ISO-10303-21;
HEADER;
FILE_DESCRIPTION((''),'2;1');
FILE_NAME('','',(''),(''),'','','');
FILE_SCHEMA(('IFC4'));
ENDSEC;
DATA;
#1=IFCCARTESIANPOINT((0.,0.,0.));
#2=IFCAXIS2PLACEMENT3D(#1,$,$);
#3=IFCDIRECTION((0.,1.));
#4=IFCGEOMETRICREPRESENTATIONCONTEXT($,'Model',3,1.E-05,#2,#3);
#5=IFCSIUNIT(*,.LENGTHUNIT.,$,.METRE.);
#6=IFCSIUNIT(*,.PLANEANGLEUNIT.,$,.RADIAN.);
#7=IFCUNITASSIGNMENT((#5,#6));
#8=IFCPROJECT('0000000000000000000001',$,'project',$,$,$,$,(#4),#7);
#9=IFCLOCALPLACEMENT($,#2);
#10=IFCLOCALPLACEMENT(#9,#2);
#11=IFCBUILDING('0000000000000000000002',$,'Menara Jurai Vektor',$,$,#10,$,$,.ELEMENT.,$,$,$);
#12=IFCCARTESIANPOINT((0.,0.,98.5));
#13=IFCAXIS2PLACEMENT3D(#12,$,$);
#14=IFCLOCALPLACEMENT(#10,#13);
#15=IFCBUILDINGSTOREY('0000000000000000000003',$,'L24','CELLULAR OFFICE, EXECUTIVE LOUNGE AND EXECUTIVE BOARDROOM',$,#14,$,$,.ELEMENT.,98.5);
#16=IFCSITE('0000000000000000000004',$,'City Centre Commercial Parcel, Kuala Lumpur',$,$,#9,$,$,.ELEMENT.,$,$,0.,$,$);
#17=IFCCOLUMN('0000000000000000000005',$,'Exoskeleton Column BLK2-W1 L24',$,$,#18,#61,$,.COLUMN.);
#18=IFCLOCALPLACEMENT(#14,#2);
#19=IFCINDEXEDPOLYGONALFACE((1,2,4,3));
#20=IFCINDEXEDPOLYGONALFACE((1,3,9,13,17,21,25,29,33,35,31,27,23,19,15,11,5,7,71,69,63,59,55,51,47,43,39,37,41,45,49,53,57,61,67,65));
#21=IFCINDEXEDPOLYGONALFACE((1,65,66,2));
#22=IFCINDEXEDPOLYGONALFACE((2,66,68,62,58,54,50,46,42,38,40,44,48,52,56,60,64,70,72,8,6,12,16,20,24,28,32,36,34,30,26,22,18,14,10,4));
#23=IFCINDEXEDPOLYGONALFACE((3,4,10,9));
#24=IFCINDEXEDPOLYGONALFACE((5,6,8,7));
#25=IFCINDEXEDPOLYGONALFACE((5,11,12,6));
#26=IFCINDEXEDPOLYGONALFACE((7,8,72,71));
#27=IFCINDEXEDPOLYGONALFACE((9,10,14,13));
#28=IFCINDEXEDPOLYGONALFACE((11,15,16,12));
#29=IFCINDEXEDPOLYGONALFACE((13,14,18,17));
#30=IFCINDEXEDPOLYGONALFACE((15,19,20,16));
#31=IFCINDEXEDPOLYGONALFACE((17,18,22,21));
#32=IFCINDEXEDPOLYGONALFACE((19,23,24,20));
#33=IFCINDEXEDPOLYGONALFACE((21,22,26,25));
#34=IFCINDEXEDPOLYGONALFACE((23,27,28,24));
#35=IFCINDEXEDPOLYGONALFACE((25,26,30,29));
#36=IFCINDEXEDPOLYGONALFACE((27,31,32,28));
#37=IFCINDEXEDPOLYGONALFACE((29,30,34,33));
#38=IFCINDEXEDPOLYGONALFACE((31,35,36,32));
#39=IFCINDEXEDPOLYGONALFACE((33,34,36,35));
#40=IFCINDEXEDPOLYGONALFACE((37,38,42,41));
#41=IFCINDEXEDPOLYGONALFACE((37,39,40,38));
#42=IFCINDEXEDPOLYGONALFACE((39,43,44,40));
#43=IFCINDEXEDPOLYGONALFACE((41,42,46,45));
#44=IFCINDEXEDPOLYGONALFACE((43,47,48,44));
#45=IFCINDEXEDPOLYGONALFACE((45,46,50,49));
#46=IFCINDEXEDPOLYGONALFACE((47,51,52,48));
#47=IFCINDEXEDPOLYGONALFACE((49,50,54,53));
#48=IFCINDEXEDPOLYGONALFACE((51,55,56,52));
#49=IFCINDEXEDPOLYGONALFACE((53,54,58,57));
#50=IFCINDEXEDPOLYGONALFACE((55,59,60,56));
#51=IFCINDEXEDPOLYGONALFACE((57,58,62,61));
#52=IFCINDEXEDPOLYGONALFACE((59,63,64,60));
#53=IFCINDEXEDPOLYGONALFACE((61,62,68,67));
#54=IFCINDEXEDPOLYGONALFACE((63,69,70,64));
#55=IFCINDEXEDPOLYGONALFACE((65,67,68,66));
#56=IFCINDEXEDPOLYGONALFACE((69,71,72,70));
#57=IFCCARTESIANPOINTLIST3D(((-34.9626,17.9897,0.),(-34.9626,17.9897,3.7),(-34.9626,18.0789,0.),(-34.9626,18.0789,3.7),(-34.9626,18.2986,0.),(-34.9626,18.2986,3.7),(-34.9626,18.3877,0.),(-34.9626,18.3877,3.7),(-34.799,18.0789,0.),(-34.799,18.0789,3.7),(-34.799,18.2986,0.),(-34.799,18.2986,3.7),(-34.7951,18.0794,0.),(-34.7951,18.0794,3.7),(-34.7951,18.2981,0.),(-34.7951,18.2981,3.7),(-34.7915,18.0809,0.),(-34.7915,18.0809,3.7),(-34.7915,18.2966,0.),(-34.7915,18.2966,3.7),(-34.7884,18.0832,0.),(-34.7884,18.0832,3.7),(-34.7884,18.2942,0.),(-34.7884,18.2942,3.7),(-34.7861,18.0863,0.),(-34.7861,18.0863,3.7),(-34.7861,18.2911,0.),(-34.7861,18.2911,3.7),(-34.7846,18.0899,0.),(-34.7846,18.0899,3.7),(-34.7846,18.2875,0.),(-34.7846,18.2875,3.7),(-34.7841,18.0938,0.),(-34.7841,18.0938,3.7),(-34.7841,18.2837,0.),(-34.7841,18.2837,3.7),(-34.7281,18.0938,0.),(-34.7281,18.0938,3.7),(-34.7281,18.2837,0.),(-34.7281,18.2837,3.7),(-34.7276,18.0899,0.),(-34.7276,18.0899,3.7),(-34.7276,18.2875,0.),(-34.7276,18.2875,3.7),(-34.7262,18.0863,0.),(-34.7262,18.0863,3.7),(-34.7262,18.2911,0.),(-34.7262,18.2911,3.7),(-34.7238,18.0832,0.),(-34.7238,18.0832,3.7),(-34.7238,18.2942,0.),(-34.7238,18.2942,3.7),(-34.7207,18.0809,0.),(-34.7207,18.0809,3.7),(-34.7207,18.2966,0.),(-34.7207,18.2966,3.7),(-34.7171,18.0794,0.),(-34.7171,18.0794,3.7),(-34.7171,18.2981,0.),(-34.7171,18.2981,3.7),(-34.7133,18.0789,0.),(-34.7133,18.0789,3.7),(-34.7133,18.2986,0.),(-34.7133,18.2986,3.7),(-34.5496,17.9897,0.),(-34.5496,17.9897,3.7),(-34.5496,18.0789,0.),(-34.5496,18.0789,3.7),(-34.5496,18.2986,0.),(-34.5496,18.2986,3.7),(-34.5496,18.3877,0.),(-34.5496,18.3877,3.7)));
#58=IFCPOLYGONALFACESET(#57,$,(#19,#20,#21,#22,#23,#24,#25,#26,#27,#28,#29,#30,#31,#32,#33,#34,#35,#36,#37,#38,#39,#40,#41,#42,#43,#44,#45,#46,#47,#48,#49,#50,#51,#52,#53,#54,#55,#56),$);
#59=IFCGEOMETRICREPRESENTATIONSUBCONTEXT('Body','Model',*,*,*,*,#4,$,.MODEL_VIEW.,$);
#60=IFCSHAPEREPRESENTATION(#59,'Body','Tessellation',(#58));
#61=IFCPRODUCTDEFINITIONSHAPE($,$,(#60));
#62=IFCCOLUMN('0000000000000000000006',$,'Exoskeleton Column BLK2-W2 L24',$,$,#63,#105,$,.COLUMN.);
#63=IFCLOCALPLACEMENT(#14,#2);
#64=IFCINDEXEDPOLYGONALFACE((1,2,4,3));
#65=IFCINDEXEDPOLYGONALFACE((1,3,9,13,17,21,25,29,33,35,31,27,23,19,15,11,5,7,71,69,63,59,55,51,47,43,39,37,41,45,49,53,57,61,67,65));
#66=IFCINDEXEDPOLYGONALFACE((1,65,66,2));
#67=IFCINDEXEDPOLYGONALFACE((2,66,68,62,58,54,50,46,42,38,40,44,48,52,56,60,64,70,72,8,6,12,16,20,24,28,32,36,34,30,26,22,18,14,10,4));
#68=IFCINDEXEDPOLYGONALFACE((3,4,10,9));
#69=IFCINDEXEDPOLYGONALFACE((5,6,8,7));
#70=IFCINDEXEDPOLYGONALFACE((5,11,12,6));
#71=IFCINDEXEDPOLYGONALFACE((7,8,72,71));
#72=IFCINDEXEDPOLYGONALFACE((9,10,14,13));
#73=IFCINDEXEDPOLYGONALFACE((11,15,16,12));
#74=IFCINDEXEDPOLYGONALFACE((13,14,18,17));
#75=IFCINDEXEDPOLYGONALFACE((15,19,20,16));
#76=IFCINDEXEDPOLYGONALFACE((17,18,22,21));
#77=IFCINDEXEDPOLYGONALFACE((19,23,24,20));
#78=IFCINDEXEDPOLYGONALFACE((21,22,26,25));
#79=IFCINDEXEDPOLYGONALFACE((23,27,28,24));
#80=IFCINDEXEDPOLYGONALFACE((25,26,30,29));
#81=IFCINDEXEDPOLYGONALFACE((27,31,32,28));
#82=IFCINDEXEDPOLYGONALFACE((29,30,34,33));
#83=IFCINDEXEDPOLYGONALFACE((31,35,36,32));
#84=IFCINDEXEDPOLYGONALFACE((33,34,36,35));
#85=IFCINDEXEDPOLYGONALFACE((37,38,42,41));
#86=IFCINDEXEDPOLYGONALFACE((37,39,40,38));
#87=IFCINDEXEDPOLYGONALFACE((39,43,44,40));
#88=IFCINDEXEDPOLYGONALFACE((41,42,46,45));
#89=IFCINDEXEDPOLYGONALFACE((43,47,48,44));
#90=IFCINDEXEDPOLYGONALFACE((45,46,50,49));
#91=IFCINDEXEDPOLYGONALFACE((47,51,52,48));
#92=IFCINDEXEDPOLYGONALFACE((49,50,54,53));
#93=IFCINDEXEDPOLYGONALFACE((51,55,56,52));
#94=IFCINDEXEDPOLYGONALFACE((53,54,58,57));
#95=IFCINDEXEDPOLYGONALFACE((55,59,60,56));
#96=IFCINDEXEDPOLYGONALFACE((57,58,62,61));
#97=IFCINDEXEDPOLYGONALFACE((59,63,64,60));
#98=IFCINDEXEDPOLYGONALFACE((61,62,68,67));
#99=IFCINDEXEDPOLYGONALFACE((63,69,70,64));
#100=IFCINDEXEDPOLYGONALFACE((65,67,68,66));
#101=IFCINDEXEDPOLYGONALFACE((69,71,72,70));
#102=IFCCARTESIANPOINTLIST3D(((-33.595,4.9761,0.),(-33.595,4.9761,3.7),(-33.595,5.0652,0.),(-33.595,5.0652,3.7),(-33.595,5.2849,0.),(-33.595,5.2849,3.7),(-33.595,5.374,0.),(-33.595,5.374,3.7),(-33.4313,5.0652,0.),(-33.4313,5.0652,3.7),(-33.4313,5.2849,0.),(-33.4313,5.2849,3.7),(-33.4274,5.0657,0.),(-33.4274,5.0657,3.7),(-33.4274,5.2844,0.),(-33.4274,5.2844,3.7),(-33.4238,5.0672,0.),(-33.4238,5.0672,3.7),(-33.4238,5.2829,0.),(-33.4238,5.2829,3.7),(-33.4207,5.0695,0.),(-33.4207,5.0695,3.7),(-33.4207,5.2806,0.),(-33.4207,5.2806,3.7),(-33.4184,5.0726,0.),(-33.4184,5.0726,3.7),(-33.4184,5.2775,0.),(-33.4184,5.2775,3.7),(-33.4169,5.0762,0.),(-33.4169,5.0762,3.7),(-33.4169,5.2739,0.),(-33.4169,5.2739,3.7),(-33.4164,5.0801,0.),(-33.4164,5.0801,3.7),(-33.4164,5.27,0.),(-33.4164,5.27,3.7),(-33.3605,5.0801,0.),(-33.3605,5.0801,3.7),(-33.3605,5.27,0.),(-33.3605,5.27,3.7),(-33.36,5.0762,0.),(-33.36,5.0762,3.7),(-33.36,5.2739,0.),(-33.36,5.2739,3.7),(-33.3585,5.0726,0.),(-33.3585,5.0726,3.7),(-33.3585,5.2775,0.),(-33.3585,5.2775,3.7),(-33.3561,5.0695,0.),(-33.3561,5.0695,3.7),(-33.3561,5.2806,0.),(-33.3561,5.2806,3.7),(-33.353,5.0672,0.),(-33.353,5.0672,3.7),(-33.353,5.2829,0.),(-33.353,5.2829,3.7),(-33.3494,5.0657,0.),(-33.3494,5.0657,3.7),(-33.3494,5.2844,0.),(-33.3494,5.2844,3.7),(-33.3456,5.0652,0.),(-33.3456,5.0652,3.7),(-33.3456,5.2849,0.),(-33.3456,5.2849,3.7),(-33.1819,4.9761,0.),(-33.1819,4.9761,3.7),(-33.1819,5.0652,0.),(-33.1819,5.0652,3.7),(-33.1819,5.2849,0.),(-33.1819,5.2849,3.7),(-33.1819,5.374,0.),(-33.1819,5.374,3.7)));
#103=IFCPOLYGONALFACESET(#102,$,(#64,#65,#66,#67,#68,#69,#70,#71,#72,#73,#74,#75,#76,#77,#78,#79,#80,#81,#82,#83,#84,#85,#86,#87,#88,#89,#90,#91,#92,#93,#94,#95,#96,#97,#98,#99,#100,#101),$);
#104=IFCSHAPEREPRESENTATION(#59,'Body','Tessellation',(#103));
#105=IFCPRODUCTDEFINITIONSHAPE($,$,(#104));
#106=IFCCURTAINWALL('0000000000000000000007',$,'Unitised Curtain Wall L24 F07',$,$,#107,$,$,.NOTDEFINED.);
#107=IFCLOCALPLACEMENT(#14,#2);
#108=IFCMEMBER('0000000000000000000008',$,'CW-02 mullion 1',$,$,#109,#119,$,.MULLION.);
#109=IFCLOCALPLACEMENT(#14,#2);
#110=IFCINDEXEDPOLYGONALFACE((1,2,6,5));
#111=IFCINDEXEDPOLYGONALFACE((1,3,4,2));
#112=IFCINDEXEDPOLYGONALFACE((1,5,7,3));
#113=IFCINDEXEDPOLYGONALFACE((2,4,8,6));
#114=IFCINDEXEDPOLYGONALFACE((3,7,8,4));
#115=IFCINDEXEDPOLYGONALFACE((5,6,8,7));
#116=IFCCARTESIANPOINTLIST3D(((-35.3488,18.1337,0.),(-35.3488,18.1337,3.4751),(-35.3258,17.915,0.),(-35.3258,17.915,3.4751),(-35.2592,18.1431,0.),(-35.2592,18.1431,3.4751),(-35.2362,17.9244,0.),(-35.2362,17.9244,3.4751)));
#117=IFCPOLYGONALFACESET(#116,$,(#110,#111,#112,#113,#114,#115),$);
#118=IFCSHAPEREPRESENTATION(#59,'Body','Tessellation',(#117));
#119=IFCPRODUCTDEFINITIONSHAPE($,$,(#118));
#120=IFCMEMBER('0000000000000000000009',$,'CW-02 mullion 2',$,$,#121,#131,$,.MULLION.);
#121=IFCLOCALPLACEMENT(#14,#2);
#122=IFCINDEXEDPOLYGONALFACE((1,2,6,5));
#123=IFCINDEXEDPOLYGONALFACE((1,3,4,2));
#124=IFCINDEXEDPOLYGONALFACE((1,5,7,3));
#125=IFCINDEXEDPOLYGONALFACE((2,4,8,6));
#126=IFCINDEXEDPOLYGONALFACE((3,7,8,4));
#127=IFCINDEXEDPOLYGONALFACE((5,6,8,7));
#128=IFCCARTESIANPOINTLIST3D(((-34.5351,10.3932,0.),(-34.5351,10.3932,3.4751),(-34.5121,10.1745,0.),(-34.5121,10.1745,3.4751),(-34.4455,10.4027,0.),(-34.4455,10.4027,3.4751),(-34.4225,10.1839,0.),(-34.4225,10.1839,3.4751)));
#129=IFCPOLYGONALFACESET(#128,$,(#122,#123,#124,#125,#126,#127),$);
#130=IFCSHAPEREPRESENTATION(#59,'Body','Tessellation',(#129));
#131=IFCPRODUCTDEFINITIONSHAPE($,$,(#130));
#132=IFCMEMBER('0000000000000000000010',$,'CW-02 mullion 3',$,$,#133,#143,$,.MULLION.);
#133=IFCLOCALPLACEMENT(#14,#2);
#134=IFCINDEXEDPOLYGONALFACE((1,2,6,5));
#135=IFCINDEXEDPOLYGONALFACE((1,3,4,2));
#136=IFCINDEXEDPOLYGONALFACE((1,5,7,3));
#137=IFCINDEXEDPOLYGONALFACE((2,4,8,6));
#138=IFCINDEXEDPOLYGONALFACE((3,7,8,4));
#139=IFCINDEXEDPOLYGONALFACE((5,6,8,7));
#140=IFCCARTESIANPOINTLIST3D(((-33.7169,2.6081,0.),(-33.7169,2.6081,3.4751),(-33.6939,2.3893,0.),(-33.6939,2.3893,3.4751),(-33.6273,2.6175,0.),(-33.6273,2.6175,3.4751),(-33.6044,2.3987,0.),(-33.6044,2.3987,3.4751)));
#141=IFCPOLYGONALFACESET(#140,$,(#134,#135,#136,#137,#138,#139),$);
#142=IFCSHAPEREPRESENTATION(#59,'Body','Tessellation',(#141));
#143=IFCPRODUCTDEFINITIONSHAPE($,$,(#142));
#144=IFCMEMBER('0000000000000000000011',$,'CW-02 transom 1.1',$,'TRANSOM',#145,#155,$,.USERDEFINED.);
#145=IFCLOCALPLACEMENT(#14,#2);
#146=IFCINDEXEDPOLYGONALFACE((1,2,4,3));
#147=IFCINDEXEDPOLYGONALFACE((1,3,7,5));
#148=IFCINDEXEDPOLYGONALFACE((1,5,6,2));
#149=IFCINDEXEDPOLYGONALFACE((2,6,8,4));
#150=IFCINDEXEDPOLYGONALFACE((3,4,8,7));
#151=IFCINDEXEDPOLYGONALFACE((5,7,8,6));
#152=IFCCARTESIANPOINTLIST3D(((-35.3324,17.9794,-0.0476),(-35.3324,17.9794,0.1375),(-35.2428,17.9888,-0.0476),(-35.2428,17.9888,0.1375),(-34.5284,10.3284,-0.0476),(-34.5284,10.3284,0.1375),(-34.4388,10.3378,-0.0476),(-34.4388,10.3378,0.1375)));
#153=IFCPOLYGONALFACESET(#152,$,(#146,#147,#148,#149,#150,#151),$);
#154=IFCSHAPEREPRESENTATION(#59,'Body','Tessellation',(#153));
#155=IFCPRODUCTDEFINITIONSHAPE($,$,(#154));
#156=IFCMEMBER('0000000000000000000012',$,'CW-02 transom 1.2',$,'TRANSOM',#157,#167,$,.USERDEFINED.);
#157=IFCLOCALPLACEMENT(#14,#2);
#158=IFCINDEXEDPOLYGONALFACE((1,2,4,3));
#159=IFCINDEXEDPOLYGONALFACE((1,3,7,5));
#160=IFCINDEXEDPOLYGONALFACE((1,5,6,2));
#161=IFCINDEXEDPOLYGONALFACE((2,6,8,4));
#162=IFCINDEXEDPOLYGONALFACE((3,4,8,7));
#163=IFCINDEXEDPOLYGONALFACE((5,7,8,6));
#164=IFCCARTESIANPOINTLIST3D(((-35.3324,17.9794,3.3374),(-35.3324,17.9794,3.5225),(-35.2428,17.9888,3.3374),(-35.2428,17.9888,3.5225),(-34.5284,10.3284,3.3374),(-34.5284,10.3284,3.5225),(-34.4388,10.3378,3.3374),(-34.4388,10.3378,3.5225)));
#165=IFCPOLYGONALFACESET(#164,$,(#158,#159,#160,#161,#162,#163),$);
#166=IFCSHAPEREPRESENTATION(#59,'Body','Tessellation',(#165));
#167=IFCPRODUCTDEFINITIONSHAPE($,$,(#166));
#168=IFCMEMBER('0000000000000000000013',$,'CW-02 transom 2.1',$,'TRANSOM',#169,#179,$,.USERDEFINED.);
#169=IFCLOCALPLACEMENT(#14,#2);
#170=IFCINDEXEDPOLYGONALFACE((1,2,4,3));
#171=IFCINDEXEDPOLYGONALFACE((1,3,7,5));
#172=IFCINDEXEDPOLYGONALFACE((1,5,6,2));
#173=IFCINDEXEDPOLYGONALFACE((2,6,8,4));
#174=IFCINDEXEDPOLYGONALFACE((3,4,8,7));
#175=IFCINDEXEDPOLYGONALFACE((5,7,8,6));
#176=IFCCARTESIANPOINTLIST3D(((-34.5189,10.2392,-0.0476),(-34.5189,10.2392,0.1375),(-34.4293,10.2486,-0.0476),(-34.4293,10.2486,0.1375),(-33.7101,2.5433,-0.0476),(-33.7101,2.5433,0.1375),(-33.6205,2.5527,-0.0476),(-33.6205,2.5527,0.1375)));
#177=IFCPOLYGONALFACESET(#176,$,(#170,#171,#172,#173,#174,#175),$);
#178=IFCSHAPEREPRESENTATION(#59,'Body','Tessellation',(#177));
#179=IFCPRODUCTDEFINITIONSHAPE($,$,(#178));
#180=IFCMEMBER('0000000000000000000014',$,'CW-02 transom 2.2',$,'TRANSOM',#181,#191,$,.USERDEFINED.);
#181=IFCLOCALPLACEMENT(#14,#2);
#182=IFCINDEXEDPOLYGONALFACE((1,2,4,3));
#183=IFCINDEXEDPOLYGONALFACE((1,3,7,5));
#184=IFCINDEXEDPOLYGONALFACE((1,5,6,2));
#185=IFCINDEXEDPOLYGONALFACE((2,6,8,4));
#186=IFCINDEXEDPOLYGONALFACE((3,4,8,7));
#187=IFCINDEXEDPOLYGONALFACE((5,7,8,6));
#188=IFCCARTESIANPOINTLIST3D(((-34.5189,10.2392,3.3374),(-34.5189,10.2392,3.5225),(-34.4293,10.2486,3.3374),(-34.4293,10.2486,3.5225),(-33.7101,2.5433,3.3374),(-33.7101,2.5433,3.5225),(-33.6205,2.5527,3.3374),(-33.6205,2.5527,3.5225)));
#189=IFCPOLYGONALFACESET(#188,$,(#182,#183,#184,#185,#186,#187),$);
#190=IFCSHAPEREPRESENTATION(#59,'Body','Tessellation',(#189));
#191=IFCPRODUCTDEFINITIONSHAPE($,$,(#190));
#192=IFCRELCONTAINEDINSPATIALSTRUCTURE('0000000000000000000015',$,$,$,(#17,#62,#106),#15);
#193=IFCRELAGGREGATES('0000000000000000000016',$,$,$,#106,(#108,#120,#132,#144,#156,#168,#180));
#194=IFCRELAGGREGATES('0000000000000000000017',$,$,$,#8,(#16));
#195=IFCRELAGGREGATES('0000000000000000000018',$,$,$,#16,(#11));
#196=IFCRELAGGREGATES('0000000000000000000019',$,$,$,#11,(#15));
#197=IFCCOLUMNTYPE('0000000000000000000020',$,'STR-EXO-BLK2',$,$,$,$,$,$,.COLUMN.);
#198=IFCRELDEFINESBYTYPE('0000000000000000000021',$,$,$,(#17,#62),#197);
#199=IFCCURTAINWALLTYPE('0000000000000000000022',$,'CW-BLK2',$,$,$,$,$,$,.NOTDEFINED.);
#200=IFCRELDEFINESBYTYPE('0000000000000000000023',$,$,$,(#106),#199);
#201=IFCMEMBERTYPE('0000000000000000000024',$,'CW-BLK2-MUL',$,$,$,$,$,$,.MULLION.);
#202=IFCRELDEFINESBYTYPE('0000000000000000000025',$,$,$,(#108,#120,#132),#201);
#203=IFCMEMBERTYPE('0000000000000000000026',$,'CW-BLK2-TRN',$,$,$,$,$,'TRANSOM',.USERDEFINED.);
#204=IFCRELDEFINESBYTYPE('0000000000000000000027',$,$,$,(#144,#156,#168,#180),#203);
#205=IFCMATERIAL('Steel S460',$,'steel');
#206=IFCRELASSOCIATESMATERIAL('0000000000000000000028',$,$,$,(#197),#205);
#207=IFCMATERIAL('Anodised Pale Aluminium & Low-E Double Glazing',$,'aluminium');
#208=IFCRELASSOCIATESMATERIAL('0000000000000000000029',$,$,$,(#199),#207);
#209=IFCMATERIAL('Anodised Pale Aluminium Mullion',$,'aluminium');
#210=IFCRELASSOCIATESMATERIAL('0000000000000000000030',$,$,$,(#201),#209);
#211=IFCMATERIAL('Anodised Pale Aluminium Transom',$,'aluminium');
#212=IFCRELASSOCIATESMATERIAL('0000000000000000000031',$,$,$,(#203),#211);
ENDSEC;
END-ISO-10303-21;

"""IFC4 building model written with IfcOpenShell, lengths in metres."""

from ifc_helpers import new_model, si_unit, direction, frame, origin, origin_2d, place, context, subcontext, project, spatial, rectangle, i_section, extrude, material, material_profile, profile_set, type_object, element, aggregate, save


model = new_model("IFC4")

# Units and contexts
model_context = context("Model", 3, precision=1e-05, world=origin(), true_north=direction((0.0, 1.0)))
body_context = subcontext(model_context, "Body", "Model", "MODEL_VIEW")
ifc_project = project(units=[si_unit("LENGTHUNIT", "METRE"), si_unit("PLANEANGLEUNIT", "RADIAN")], contexts=[model_context])

# Site, building, storey
site_placement = place(None, origin())
site = spatial("IfcSite", under=ifc_project, at=site_placement, Name="City Centre Commercial Parcel, Kuala Lumpur", CompositionType="ELEMENT", RefElevation=0.0)
building_placement = place(site_placement, origin())
building = spatial("IfcBuilding", under=site, at=building_placement, Name="Menara Jurai Vektor", CompositionType="ELEMENT")
storey_placement = place(building_placement, frame((0.0, 0.0, 98.5)))
storey = spatial("IfcBuildingStorey", under=building, at=storey_placement, Name="L24", Description="CELLULAR OFFICE, EXECUTIVE LOUNGE AND EXECUTIVE BOARDROOM", CompositionType="ELEMENT", Elevation=98.5)

# Columns
ifc_material_1 = material(Name="Steel S460", Category="steel")
ifc_material_profile_1 = material_profile(ifc_material_1, i_section(OverallWidth=0.4131, OverallDepth=0.3979, WebThickness=0.0559, FlangeThickness=0.0891, FilletRadius=0.0149, at=origin_2d()), Name="HD 400x744")
ifc_profile_set_1 = profile_set([ifc_material_profile_1], Name="Steel S460")
column_type = type_object("IfcColumnType", Name="STR-EXO-BLK2", PredefinedType="COLUMN", material=ifc_profile_set_1)
for number, where, z_axis, x_axis, name in (
    (1, (-34.7561, 18.1887, 0.0), (0.0, 0.0, 1.0), (1.0, 0.0, 0.0), "Exoskeleton Column BLK2-W1 L24"),
    (2, (-33.3884, 5.175, 0.0), (0.0, 0.0, 1.0), (1.0, 0.0, 0.0), "Exoskeleton Column BLK2-W2 L24"),
):
    element("IfcColumn", number, at=place(storey_placement, frame(where, z_axis=z_axis, x_axis=x_axis)), inside=storey, type_object=column_type, Name=name, PredefinedType="COLUMN", context=body_context, shape_type="SweptSolid", body=[
        extrude(i_section(OverallWidth=0.4131, OverallDepth=0.3979, WebThickness=0.0559, FlangeThickness=0.0891, FilletRadius=0.0149, at=origin_2d()), origin(), (0.0, 0.0, 1.0), 3.7),
    ])

# Curtain wall, members
ifc_material_2 = material(Name="Anodised Pale Aluminium & Low-E Double Glazing", Category="aluminium")
curtain_wall_type = type_object("IfcCurtainWallType", Name="CW-BLK2", PredefinedType="NOTDEFINED", material=ifc_material_2)
curtain_wall_placement = place(storey_placement, origin())
curtain_wall = element("IfcCurtainWall", 3, at=curtain_wall_placement, inside=storey, type_object=curtain_wall_type, Name="Unitised Curtain Wall L24 F07", PredefinedType="NOTDEFINED")
ifc_material_3 = material(Name="Anodised Pale Aluminium Mullion", Category="aluminium")
ifc_material_profile_2 = material_profile(ifc_material_3, rectangle(XDim=0.0901, YDim=0.22, at=origin_2d()), Name="ALU MUL 90x220")
ifc_profile_set_2 = profile_set([ifc_material_profile_2], Name="Anodised Pale Aluminium Mullion")
member_type_1 = type_object("IfcMemberType", Name="CW-BLK2-MUL", PredefinedType="MULLION", material=ifc_profile_set_2)
member_1_placement = place(storey_placement, frame((-35.2925, 18.0291, 0.0), z_axis=(0.0, 0.0, 1.0), x_axis=(0.994522, 0.10453, 0.0)))
member_1 = element("IfcMember", 4, at=member_1_placement, type_object=member_type_1, Name="CW-02 mullion 1", PredefinedType="MULLION", context=body_context, shape_type="SweptSolid", body=[
    extrude(rectangle(XDim=0.0901, YDim=0.22, at=origin_2d()), origin(), (0.0, 0.0, 1.0), 3.4751),
])
member_2_placement = place(storey_placement, frame((-34.4788, 10.2886, 0.0), z_axis=(0.0, 0.0, 1.0), x_axis=(0.994522, 0.10453, 0.0)))
member_2 = element("IfcMember", 5, at=member_2_placement, type_object=member_type_1, Name="CW-02 mullion 2", PredefinedType="MULLION", context=body_context, shape_type="SweptSolid", body=[
    extrude(rectangle(XDim=0.0901, YDim=0.22, at=origin_2d()), origin(), (0.0, 0.0, 1.0), 3.4751),
])
member_3_placement = place(storey_placement, frame((-33.6606, 2.5034, 0.0), z_axis=(0.0, 0.0, 1.0), x_axis=(0.994522, 0.10453, 0.0)))
member_3 = element("IfcMember", 6, at=member_3_placement, type_object=member_type_1, Name="CW-02 mullion 3", PredefinedType="MULLION", context=body_context, shape_type="SweptSolid", body=[
    extrude(rectangle(XDim=0.0901, YDim=0.22, at=origin_2d()), origin(), (0.0, 0.0, 1.0), 3.4751),
])
ifc_material_4 = material(Name="Anodised Pale Aluminium Transom", Category="aluminium")
ifc_material_profile_3 = material_profile(ifc_material_4, rectangle(XDim=0.0901, YDim=0.1851, at=origin_2d()), Name="ALU TRN 90x185")
ifc_profile_set_3 = profile_set([ifc_material_profile_3], Name="Anodised Pale Aluminium Transom")
member_type_2 = type_object("IfcMemberType", Name="CW-BLK2-TRN", ElementType="TRANSOM", PredefinedType="USERDEFINED", material=ifc_profile_set_3)
member_4_placement = place(storey_placement, frame((-35.2876, 17.9841, 0.0449), z_axis=(0.104505, -0.994524, 0.0), x_axis=(0.994524, 0.104505, 0.0)))
member_4 = element("IfcMember", 7, at=member_4_placement, type_object=member_type_2, Name="CW-02 transom 1.1", ObjectType="TRANSOM", PredefinedType="USERDEFINED", context=body_context, shape_type="SweptSolid", body=[
    extrude(rectangle(XDim=0.0901, YDim=0.1851, at=origin_2d()), origin(), (0.0, 0.0, 1.0), 7.6931),
])
member_5_placement = place(storey_placement, frame((-35.2876, 17.9841, 3.4299), z_axis=(0.104505, -0.994524, 0.0), x_axis=(0.994524, 0.104505, 0.0)))
member_5 = element("IfcMember", 8, at=member_5_placement, type_object=member_type_2, Name="CW-02 transom 1.2", ObjectType="TRANSOM", PredefinedType="USERDEFINED", context=body_context, shape_type="SweptSolid", body=[
    extrude(rectangle(XDim=0.0901, YDim=0.1851, at=origin_2d()), origin(), (0.0, 0.0, 1.0), 7.6931),
])
member_6_placement = place(storey_placement, frame((-34.4741, 10.2439, 0.0449), z_axis=(0.104525, -0.994522, 0.0), x_axis=(0.994522, 0.104525, 0.0)))
member_6 = element("IfcMember", 9, at=member_6_placement, type_object=member_type_2, Name="CW-02 transom 2.1", ObjectType="TRANSOM", PredefinedType="USERDEFINED", context=body_context, shape_type="SweptSolid", body=[
    extrude(rectangle(XDim=0.0901, YDim=0.1851, at=origin_2d()), origin(), (0.0, 0.0, 1.0), 7.7383),
])
member_7_placement = place(storey_placement, frame((-34.4741, 10.2439, 3.4299), z_axis=(0.104525, -0.994522, 0.0), x_axis=(0.994522, 0.104525, 0.0)))
member_7 = element("IfcMember", 10, at=member_7_placement, type_object=member_type_2, Name="CW-02 transom 2.2", ObjectType="TRANSOM", PredefinedType="USERDEFINED", context=body_context, shape_type="SweptSolid", body=[
    extrude(rectangle(XDim=0.0901, YDim=0.1851, at=origin_2d()), origin(), (0.0, 0.0, 1.0), 7.7383),
])

aggregate(curtain_wall, [member_1, member_2, member_3, member_4, member_5, member_6, member_7])

save(model, "model.ifc")
